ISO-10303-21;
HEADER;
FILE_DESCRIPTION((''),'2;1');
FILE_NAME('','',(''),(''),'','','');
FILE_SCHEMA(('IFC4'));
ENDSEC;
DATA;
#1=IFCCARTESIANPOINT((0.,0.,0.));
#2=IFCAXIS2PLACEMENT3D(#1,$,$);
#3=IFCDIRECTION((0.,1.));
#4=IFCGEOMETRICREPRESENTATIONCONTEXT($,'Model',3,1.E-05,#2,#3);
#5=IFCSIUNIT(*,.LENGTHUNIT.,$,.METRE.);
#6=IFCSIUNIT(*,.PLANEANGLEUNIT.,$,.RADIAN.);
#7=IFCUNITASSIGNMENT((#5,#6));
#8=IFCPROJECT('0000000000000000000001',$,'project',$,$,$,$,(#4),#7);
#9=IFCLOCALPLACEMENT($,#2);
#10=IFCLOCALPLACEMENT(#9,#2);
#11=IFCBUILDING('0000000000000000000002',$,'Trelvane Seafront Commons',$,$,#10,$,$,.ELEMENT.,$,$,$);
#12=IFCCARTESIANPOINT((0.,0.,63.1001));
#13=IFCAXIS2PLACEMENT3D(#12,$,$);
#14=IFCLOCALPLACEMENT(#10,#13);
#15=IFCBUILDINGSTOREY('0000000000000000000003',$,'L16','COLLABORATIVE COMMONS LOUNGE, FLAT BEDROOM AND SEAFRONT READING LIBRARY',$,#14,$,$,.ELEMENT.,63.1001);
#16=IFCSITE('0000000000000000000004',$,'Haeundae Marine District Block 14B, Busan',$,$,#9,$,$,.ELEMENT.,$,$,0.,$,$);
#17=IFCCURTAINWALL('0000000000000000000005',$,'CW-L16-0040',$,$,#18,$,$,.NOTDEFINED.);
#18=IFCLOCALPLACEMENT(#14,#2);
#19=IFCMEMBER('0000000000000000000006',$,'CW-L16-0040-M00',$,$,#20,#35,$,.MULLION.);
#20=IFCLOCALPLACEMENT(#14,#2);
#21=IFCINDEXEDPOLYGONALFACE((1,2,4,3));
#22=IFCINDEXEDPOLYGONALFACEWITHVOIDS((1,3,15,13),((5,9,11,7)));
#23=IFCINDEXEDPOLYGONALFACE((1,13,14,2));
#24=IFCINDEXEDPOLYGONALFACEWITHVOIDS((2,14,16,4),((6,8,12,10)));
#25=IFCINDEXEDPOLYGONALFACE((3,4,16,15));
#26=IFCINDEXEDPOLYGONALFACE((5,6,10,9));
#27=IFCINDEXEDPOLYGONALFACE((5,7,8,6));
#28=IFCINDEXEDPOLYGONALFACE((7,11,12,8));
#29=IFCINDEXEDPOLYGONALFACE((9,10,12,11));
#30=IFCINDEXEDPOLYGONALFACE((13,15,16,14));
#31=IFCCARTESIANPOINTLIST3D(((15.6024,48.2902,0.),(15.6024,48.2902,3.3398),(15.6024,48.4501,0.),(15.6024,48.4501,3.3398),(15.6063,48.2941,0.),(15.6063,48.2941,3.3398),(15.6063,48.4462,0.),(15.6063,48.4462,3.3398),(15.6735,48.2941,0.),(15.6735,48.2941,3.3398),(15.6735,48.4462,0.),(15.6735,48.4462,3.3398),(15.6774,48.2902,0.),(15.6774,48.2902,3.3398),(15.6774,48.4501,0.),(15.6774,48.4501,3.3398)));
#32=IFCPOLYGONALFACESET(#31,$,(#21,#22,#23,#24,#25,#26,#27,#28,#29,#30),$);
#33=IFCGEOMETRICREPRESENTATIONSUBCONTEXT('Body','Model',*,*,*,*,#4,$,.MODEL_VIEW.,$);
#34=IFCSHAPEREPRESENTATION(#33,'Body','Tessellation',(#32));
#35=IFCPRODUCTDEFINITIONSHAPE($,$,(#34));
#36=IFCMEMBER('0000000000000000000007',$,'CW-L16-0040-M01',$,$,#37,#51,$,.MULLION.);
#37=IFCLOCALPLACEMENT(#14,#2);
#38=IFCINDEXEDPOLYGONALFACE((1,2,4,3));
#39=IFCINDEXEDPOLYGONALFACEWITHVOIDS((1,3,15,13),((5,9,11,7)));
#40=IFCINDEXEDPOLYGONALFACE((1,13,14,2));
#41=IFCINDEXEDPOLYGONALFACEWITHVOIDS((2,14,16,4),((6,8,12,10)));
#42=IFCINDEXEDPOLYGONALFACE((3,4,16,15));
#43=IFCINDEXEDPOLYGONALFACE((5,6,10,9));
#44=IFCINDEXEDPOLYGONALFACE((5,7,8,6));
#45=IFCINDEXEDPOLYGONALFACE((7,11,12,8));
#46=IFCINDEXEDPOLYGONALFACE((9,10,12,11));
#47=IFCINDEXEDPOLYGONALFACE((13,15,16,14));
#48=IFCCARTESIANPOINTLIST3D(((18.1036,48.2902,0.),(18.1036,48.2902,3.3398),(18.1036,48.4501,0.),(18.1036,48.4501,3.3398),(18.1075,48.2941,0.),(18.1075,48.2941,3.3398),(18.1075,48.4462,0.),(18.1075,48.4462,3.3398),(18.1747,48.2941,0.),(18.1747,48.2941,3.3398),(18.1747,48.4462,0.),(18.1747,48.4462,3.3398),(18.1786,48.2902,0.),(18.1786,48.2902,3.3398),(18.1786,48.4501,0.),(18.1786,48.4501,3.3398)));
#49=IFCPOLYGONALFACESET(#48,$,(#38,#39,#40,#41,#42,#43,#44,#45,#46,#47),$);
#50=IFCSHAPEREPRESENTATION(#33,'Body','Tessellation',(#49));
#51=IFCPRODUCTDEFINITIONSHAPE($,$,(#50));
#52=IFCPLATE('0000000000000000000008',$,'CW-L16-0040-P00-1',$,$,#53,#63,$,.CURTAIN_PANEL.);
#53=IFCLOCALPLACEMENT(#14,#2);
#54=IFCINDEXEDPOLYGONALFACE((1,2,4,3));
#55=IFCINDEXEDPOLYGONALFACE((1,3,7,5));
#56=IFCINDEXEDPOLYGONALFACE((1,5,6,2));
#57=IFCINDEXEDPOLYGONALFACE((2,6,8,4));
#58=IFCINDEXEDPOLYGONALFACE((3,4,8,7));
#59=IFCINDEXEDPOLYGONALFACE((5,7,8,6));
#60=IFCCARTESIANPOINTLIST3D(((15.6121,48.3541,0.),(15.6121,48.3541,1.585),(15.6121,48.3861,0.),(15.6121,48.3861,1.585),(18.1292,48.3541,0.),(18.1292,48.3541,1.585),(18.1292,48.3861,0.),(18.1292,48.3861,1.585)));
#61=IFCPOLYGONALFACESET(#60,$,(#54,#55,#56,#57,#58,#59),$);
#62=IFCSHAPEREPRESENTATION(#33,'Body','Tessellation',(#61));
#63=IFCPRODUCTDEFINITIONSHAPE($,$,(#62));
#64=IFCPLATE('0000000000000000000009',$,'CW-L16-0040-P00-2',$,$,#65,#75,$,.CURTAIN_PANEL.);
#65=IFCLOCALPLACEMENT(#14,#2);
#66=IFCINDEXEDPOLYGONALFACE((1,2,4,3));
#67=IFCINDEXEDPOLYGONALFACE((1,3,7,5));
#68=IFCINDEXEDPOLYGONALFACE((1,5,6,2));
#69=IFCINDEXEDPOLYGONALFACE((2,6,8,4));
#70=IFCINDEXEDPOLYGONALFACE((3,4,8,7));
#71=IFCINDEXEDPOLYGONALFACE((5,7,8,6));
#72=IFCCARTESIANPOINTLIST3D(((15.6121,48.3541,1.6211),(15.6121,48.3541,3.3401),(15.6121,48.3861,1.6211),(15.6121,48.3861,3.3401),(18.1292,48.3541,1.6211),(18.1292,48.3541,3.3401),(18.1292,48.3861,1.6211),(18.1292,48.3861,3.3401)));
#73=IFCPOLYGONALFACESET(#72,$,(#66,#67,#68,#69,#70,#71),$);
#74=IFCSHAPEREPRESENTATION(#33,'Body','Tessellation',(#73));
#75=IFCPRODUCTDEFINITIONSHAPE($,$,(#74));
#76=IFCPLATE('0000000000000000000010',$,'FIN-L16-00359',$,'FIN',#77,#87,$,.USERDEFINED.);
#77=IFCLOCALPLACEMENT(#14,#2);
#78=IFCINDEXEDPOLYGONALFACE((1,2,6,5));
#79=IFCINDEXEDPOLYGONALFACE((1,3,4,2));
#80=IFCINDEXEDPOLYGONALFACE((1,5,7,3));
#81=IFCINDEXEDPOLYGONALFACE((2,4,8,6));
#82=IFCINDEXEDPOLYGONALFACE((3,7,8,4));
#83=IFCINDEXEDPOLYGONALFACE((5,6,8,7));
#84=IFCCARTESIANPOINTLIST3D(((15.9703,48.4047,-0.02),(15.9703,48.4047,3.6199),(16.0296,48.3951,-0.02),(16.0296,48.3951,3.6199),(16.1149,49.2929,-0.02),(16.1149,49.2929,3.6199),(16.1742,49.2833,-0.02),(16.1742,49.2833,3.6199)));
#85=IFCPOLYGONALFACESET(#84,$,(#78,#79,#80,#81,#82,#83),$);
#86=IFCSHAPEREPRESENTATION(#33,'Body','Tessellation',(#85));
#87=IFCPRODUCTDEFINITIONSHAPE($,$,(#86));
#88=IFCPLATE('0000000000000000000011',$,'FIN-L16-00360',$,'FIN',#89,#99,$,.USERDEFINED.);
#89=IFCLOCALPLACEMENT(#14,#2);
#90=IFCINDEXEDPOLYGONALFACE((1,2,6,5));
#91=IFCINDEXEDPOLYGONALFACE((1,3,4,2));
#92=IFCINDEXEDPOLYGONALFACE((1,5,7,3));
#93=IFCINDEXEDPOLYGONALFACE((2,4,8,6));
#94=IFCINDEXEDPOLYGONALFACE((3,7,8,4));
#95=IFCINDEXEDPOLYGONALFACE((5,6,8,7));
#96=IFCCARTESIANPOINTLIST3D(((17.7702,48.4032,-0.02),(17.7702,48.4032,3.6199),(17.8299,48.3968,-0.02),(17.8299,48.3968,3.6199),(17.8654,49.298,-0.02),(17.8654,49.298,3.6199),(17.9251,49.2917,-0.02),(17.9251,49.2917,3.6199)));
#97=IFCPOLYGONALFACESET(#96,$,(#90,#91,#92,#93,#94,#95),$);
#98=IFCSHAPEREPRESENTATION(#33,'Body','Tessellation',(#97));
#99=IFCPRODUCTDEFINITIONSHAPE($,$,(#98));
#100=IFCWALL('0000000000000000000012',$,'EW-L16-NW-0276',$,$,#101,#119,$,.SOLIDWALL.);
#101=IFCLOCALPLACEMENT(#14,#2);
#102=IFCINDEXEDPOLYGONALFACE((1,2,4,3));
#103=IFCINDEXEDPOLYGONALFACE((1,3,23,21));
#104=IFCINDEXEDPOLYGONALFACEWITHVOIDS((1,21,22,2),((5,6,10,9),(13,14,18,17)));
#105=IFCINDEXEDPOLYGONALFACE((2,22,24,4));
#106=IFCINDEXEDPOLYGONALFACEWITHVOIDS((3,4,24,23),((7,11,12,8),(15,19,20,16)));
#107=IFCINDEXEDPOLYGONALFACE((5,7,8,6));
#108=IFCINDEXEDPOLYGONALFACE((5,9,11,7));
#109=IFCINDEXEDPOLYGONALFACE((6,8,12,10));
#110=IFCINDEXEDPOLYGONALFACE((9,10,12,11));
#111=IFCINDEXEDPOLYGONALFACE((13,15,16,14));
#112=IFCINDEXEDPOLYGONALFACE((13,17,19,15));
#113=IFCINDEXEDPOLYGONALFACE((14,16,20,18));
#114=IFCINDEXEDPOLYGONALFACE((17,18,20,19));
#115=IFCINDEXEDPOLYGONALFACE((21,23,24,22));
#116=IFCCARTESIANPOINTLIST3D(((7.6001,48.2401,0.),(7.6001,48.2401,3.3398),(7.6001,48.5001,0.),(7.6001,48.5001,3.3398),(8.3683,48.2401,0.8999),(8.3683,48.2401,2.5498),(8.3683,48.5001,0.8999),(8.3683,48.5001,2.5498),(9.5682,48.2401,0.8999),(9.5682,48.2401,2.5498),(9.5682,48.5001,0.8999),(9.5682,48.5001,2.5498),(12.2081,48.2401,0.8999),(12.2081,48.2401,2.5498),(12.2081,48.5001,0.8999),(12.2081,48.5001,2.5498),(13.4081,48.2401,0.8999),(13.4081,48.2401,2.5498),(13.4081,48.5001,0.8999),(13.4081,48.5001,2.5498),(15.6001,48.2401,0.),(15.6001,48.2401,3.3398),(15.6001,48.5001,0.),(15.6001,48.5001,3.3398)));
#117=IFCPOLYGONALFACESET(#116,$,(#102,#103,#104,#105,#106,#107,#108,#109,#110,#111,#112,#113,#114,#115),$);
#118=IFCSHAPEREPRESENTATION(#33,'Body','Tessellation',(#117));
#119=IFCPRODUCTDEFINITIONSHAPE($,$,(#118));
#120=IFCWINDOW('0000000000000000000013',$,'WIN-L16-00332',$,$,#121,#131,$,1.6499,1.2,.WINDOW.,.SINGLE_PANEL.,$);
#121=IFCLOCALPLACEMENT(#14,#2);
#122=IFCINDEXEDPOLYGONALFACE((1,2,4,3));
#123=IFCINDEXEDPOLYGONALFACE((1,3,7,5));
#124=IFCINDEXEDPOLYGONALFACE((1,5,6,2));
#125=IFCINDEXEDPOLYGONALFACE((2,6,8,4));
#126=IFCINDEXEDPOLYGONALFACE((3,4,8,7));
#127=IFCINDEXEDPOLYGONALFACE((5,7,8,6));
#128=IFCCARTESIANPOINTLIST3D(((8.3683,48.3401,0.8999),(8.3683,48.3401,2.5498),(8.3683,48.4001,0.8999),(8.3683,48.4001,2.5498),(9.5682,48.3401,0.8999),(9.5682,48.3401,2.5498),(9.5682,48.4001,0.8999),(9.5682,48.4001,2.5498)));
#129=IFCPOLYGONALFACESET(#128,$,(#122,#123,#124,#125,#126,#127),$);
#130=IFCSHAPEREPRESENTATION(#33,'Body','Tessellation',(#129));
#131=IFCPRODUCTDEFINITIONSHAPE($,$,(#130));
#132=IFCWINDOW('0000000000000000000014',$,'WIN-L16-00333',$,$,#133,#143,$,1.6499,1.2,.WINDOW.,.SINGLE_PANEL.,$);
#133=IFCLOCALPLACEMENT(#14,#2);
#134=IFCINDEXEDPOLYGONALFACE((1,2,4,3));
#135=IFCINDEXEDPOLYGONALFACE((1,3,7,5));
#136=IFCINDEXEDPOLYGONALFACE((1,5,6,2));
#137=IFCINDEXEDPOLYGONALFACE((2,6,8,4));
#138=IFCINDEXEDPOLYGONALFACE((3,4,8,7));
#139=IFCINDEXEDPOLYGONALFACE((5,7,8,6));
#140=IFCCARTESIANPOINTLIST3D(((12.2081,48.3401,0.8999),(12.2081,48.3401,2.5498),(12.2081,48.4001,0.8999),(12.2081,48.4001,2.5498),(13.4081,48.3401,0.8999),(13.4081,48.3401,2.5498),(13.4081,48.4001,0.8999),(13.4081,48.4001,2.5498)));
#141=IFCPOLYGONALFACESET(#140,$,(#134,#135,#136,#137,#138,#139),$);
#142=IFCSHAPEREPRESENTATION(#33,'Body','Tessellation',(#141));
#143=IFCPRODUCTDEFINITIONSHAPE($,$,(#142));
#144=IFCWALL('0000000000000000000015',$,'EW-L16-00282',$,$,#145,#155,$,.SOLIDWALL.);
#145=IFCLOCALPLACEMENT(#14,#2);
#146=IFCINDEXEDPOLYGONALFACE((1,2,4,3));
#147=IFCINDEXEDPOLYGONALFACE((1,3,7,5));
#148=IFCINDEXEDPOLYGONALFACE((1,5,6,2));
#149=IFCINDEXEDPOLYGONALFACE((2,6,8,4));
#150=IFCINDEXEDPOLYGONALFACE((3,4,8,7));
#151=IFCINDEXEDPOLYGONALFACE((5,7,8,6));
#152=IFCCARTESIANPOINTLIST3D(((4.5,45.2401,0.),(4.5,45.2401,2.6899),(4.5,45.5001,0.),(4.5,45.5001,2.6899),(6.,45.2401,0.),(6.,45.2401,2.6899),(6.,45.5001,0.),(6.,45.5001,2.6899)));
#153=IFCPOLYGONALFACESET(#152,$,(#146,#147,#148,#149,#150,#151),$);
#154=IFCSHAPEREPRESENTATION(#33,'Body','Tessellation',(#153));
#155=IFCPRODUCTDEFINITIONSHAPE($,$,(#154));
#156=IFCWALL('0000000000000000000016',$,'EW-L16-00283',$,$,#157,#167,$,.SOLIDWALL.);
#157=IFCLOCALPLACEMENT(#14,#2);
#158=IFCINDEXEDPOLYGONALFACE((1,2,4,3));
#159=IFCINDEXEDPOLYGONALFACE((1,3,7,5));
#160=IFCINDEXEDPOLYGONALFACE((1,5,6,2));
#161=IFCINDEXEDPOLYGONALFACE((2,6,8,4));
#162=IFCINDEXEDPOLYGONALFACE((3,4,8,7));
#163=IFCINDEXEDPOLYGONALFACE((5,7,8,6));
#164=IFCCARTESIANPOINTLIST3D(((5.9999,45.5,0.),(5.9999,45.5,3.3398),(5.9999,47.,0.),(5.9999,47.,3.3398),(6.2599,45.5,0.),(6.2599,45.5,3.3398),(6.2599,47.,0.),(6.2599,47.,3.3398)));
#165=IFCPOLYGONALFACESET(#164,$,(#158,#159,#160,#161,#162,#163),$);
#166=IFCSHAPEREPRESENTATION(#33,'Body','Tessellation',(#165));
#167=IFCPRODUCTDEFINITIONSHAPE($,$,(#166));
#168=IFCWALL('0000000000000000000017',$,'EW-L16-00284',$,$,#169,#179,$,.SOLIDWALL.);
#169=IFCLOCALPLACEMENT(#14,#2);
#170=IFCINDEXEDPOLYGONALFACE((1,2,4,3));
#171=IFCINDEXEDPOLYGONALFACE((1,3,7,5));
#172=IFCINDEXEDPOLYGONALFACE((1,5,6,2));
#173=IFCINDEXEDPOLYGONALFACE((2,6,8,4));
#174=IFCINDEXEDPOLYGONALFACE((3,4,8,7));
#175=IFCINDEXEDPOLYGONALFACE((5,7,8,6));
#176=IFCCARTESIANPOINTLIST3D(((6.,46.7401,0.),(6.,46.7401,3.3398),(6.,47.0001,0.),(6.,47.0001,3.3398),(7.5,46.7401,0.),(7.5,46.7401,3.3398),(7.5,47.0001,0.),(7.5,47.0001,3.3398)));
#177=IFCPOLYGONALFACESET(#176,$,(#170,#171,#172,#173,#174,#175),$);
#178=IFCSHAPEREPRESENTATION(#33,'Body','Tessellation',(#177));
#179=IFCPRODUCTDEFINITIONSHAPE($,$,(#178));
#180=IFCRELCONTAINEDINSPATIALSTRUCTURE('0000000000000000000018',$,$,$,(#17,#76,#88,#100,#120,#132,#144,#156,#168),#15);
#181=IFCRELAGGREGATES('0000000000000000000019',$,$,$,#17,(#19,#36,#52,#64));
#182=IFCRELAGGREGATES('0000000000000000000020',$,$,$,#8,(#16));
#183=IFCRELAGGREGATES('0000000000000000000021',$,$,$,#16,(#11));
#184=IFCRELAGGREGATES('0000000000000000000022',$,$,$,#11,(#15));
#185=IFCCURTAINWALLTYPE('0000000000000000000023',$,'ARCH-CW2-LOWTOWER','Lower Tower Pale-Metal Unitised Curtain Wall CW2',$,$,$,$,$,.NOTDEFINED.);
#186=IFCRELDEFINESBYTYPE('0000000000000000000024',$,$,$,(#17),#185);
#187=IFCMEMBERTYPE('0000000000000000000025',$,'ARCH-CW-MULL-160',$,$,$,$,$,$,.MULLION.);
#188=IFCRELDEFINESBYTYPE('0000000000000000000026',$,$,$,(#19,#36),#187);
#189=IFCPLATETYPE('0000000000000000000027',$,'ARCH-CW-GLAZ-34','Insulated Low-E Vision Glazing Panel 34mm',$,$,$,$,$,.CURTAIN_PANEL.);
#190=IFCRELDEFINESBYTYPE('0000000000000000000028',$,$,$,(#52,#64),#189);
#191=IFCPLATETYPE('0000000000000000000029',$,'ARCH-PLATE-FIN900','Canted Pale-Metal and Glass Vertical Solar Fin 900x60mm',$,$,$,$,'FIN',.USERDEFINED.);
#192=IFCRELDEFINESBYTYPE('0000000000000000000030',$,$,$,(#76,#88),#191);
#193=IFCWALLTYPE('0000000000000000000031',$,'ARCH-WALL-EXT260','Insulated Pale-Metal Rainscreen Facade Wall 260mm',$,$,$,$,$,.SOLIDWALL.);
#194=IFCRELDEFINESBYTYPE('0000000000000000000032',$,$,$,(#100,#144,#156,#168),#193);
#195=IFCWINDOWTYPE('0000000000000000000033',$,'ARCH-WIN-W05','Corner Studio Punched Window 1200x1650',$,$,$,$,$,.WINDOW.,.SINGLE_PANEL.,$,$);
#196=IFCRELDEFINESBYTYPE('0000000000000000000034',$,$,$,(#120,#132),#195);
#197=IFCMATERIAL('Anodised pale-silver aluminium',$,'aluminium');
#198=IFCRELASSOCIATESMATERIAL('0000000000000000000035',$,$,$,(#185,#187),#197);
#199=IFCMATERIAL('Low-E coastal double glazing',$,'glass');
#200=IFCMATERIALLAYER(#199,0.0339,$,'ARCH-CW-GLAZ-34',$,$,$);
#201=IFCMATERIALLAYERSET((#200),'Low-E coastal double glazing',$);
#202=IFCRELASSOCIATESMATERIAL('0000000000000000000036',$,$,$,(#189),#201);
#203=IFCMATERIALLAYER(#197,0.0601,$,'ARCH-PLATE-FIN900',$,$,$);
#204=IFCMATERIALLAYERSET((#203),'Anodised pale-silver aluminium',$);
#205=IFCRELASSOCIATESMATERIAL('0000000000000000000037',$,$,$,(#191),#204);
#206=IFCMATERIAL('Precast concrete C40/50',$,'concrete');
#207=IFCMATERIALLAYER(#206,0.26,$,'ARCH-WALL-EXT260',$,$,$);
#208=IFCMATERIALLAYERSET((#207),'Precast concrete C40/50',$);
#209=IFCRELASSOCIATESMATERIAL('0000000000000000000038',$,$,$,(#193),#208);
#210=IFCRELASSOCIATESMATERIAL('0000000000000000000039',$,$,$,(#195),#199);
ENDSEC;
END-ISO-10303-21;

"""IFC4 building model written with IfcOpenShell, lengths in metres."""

from ifc_helpers import new_model, si_unit, direction, frame, frame_2d, origin, origin_2d, place, context, subcontext, project, spatial, rectangle, hollow_rectangle, extrude, source, transform, mapped, material, layer, layer_set, material_profile, profile_set, type_object, element, fill, aggregate, save


model = new_model("IFC4")

# Units and contexts
model_context = context("Model", 3, precision=1e-05, world=origin(), true_north=direction((0.0, 1.0)))
body_context = subcontext(model_context, "Body", "Model", "MODEL_VIEW")
ifc_project = project(units=[si_unit("LENGTHUNIT", "METRE"), si_unit("PLANEANGLEUNIT", "RADIAN")], contexts=[model_context])

# Site, building, storey
site_placement = place(None, origin())
site = spatial("IfcSite", under=ifc_project, at=site_placement, Name="Haeundae Marine District Block 14B, Busan", CompositionType="ELEMENT", RefElevation=0.0)
building_placement = place(site_placement, origin())
building = spatial("IfcBuilding", under=site, at=building_placement, Name="Trelvane Seafront Commons", CompositionType="ELEMENT")
storey_placement = place(building_placement, frame((0.0, 0.0, 63.1001)))
storey = spatial("IfcBuildingStorey", under=building, at=storey_placement, Name="L16", Description="COLLABORATIVE COMMONS LOUNGE, FLAT BEDROOM AND SEAFRONT READING LIBRARY", CompositionType="ELEMENT", Elevation=63.1001)

# Curtain wall, members, plates
ifc_material_1 = material(Name="Anodised pale-silver aluminium", Category="aluminium")
curtain_wall_type = type_object("IfcCurtainWallType", Name="ARCH-CW2-LOWTOWER", Description="Lower Tower Pale-Metal Unitised Curtain Wall CW2", PredefinedType="NOTDEFINED", material=ifc_material_1)
curtain_wall_placement = place(storey_placement, origin())
curtain_wall = element("IfcCurtainWall", 1, at=curtain_wall_placement, inside=storey, type_object=curtain_wall_type, Name="CW-L16-0040", PredefinedType="NOTDEFINED")
ifc_material_profile_1 = material_profile(ifc_material_1, hollow_rectangle(XDim=0.075, YDim=0.1599, WallThickness=0.0039, at=origin_2d()), Name="MULL-75x160x4")
ifc_profile_set_1 = profile_set([ifc_material_profile_1], Name="Anodised pale-silver aluminium")
member_type_1 = type_object("IfcMemberType", Name="ARCH-CW-MULL-160", PredefinedType="MULLION", material=ifc_profile_set_1)
shared_shape_1 = source(origin(), body_context, "Body", "SweptSolid", [
    extrude(hollow_rectangle(XDim=0.075, YDim=0.1599, WallThickness=0.0039, at=origin_2d()), origin(), (0.0, 0.0, 1.0), 3.3398),
])
member_1_placement = place(storey_placement, frame((15.6399, 48.3701, 0.0), z_axis=(0.0, 0.0, 1.0), x_axis=(1.0, 0.0, 0.0)))
member_1 = element("IfcMember", 2, at=member_1_placement, type_object=member_type_1, Name="CW-L16-0040-M00", PredefinedType="MULLION", context=body_context, shape_type="MappedRepresentation", body=[
    mapped(shared_shape_1, transform((0.0, 0.0, 0.0), x_axis=(1.0, 0.0, 0.0), y_axis=(0.0, 1.0, 0.0), z_axis=(0.0, 0.0, 1.0), scale=1.0)),
])
member_2_placement = place(storey_placement, frame((18.1411, 48.3701, 0.0), z_axis=(0.0, 0.0, 1.0), x_axis=(1.0, 0.0, 0.0)))
member_2 = element("IfcMember", 3, at=member_2_placement, type_object=member_type_1, Name="CW-L16-0040-M01", PredefinedType="MULLION", context=body_context, shape_type="MappedRepresentation", body=[
    mapped(shared_shape_1, transform((0.0, 0.0, 0.0), x_axis=(1.0, 0.0, 0.0), y_axis=(0.0, 1.0, 0.0), z_axis=(0.0, 0.0, 1.0), scale=1.0)),
])
ifc_material_2 = material(Name="Low-E coastal double glazing", Category="glass")
ifc_layer_1 = layer(ifc_material_2, 0.0339, Name="ARCH-CW-GLAZ-34")
ifc_layer_set_1 = layer_set([ifc_layer_1], Name="Low-E coastal double glazing")
plate_type_1 = type_object("IfcPlateType", Name="ARCH-CW-GLAZ-34", Description="Insulated Low-E Vision Glazing Panel 34mm", PredefinedType="CURTAIN_PANEL", material=ifc_layer_set_1)
shared_shape_2 = source(origin(), body_context, "Body", "SweptSolid", [
    extrude(rectangle(XDim=2.5171, YDim=0.032, at=origin_2d()), origin(), (0.0, 0.0, 1.0), 1.585),
])
plate_1_placement = place(storey_placement, frame((16.8706, 48.3701, 0.0), z_axis=(0.0, 0.0, 1.0), x_axis=(1.0, 0.0, 0.0)))
plate_1 = element("IfcPlate", 4, at=plate_1_placement, type_object=plate_type_1, Name="CW-L16-0040-P00-1", PredefinedType="CURTAIN_PANEL", context=body_context, shape_type="MappedRepresentation", body=[
    mapped(shared_shape_2, transform((0.0, 0.0, 0.0), x_axis=(1.0, 0.0, 0.0), y_axis=(0.0, 1.0, 0.0), z_axis=(0.0, 0.0, 1.0), scale=1.0)),
])
shared_shape_3 = source(origin(), body_context, "Body", "SweptSolid", [
    extrude(rectangle(XDim=2.5171, YDim=0.032, at=origin_2d()), origin(), (0.0, 0.0, 1.0), 1.719),
])
plate_2_placement = place(storey_placement, frame((16.8706, 48.3701, 1.6211), z_axis=(0.0, 0.0, 1.0), x_axis=(1.0, 0.0, 0.0)))
plate_2 = element("IfcPlate", 5, at=plate_2_placement, type_object=plate_type_1, Name="CW-L16-0040-P00-2", PredefinedType="CURTAIN_PANEL", context=body_context, shape_type="MappedRepresentation", body=[
    mapped(shared_shape_3, transform((0.0, 0.0, 0.0), x_axis=(1.0, 0.0, 0.0), y_axis=(0.0, 1.0, 0.0), z_axis=(0.0, 0.0, 1.0), scale=1.0)),
])
aggregate(curtain_wall, [member_1, member_2, plate_1, plate_2])

# Plates
ifc_layer_2 = layer(ifc_material_1, 0.0601, Name="ARCH-PLATE-FIN900")
ifc_layer_set_2 = layer_set([ifc_layer_2], Name="Anodised pale-silver aluminium")
plate_type_2 = type_object("IfcPlateType", Name="ARCH-PLATE-FIN900", Description="Canted Pale-Metal and Glass Vertical Solar Fin 900x60mm", ElementType="FIN", PredefinedType="USERDEFINED", material=ifc_layer_set_2)
shared_shape_4 = source(origin(), body_context, "Body", "SweptSolid", [
    extrude(rectangle(XDim=0.8999, YDim=0.0601, at=origin_2d()), origin(), (0.0, 0.0, 1.0), 3.6399),
])
for number, where, z_axis, x_axis, name in (
    (6, (16.0723, 48.844, -0.02), (0.0, 0.0, 1.0), (0.160668, 0.987008, 0.0), "FIN-L16-00359"),
    (7, (17.8477, 48.8474, -0.02), (0.0, 0.0, 1.0), (0.105771, 0.99439, 0.0), "FIN-L16-00360"),
):
    element("IfcPlate", number, at=place(storey_placement, frame(where, z_axis=z_axis, x_axis=x_axis)), inside=storey, type_object=plate_type_2, Name=name, ObjectType="FIN", PredefinedType="USERDEFINED", context=body_context, shape_type="MappedRepresentation", body=[
        mapped(shared_shape_4, transform((0.0, 0.0, 0.0), x_axis=(1.0, 0.0, 0.0), y_axis=(0.0, 1.0, 0.0), z_axis=(0.0, 0.0, 1.0), scale=1.0)),
    ])

# Wall, openings, windows
ifc_material_3 = material(Name="Precast concrete C40/50", Category="concrete")
ifc_layer_3 = layer(ifc_material_3, 0.26, Name="ARCH-WALL-EXT260")
ifc_layer_set_3 = layer_set([ifc_layer_3], Name="Precast concrete C40/50")
wall_type_1 = type_object("IfcWallType", Name="ARCH-WALL-EXT260", Description="Insulated Pale-Metal Rainscreen Facade Wall 260mm", PredefinedType="SOLIDWALL", material=ifc_layer_set_3)
wall_1_placement = place(storey_placement, frame((7.6001, 48.3701, 0.0), z_axis=(0.0, 0.0, 1.0), x_axis=(1.0, 0.0, 0.0)))
wall_1 = element("IfcWall", 8, at=wall_1_placement, inside=storey, type_object=wall_type_1, Name="EW-L16-NW-0276", PredefinedType="SOLIDWALL", context=body_context, shape_type="SweptSolid", body=[
    extrude(rectangle(XDim=8.0, YDim=0.26, at=frame_2d((4.0, 0.0))), origin(), (0.0, 0.0, 1.0), 3.3398),
])
opening_1_placement = place(wall_1_placement, frame((0.7681, 0.0, 0.8999)))
opening_1 = element("IfcOpeningElement", 9, at=opening_1_placement, cuts=wall_1, PredefinedType="OPENING", context=body_context, shape_type="SweptSolid", body=[
    extrude(rectangle(XDim=1.2, YDim=1.6499, at=frame_2d((0.6001, 0.825))), frame((0.0, 0.1399, 0.0), z_axis=(0.0, -1.0, 0.0), x_axis=(1.0, 0.0, 0.0)), (0.0, 0.0, 1.0), 0.28),
])
opening_2_placement = place(wall_1_placement, frame((4.6079, 0.0, 0.8999)))
opening_2 = element("IfcOpeningElement", 10, at=opening_2_placement, cuts=wall_1, PredefinedType="OPENING", context=body_context, shape_type="SweptSolid", body=[
    extrude(rectangle(XDim=1.2, YDim=1.6499, at=frame_2d((0.6001, 0.825))), frame((0.0, 0.1399, 0.0), z_axis=(0.0, -1.0, 0.0), x_axis=(1.0, 0.0, 0.0)), (0.0, 0.0, 1.0), 0.28),
])
window_type = type_object("IfcWindowType", Name="ARCH-WIN-W05", Description="Corner Studio Punched Window 1200x1650", PartitioningType="SINGLE_PANEL", PredefinedType="WINDOW", material=ifc_material_2)
shared_shape_5 = source(origin(), body_context, "Body", "SweptSolid", [
    extrude(rectangle(XDim=1.2, YDim=1.6499, at=frame_2d((0.6001, 0.825))), frame((0.0, 0.03, 0.0), z_axis=(0.0, -1.0, 0.0), x_axis=(1.0, 0.0, 0.0)), (0.0, 0.0, 1.0), 0.0601),
])
window_1_placement = place(opening_1_placement, origin())
window_1 = element("IfcWindow", 11, at=window_1_placement, inside=storey, type_object=window_type, Name="WIN-L16-00332", OverallHeight=1.6499, OverallWidth=1.2, PartitioningType="SINGLE_PANEL", PredefinedType="WINDOW", context=body_context, shape_type="MappedRepresentation", body=[
    mapped(shared_shape_5, transform((0.0, 0.0, 0.0), x_axis=(1.0, 0.0, 0.0), y_axis=(0.0, 1.0, 0.0), z_axis=(0.0, 0.0, 1.0), scale=1.0)),
])
fill(opening_1, window_1)
window_2_placement = place(opening_2_placement, origin())
window_2 = element("IfcWindow", 12, at=window_2_placement, inside=storey, type_object=window_type, Name="WIN-L16-00333", OverallHeight=1.6499, OverallWidth=1.2, PartitioningType="SINGLE_PANEL", PredefinedType="WINDOW", context=body_context, shape_type="MappedRepresentation", body=[
    mapped(shared_shape_5, transform((0.0, 0.0, 0.0), x_axis=(1.0, 0.0, 0.0), y_axis=(0.0, 1.0, 0.0), z_axis=(0.0, 0.0, 1.0), scale=1.0)),
])
fill(opening_2, window_2)

# Walls
wall_2_placement = place(storey_placement, frame((4.5, 45.3701, 0.0), z_axis=(0.0, 0.0, 1.0), x_axis=(1.0, 0.0, 0.0)))
element("IfcWall", 13, at=wall_2_placement, inside=storey, type_object=wall_type_1, Name="EW-L16-00282", PredefinedType="SOLIDWALL", context=body_context, shape_type="SweptSolid", body=[
    extrude(rectangle(XDim=1.5, YDim=0.26, at=frame_2d((0.75, 0.0))), origin(), (0.0, 0.0, 1.0), 2.6899),
])
for number, where, z_axis, x_axis, name in (
    (14, (6.1299, 45.5, 0.0), (0.0, 0.0, 1.0), (0.0, 1.0, 0.0), "EW-L16-00283"),
    (15, (6.0, 46.8701, 0.0), (0.0, 0.0, 1.0), (1.0, 0.0, 0.0), "EW-L16-00284"),
):
    element("IfcWall", number, at=place(storey_placement, frame(where, z_axis=z_axis, x_axis=x_axis)), inside=storey, type_object=wall_type_1, Name=name, PredefinedType="SOLIDWALL", context=body_context, shape_type="SweptSolid", body=[
        extrude(rectangle(XDim=1.5, YDim=0.26, at=frame_2d((0.75, 0.0))), origin(), (0.0, 0.0, 1.0), 3.3398),
    ])

save(model, "model.ifc")
